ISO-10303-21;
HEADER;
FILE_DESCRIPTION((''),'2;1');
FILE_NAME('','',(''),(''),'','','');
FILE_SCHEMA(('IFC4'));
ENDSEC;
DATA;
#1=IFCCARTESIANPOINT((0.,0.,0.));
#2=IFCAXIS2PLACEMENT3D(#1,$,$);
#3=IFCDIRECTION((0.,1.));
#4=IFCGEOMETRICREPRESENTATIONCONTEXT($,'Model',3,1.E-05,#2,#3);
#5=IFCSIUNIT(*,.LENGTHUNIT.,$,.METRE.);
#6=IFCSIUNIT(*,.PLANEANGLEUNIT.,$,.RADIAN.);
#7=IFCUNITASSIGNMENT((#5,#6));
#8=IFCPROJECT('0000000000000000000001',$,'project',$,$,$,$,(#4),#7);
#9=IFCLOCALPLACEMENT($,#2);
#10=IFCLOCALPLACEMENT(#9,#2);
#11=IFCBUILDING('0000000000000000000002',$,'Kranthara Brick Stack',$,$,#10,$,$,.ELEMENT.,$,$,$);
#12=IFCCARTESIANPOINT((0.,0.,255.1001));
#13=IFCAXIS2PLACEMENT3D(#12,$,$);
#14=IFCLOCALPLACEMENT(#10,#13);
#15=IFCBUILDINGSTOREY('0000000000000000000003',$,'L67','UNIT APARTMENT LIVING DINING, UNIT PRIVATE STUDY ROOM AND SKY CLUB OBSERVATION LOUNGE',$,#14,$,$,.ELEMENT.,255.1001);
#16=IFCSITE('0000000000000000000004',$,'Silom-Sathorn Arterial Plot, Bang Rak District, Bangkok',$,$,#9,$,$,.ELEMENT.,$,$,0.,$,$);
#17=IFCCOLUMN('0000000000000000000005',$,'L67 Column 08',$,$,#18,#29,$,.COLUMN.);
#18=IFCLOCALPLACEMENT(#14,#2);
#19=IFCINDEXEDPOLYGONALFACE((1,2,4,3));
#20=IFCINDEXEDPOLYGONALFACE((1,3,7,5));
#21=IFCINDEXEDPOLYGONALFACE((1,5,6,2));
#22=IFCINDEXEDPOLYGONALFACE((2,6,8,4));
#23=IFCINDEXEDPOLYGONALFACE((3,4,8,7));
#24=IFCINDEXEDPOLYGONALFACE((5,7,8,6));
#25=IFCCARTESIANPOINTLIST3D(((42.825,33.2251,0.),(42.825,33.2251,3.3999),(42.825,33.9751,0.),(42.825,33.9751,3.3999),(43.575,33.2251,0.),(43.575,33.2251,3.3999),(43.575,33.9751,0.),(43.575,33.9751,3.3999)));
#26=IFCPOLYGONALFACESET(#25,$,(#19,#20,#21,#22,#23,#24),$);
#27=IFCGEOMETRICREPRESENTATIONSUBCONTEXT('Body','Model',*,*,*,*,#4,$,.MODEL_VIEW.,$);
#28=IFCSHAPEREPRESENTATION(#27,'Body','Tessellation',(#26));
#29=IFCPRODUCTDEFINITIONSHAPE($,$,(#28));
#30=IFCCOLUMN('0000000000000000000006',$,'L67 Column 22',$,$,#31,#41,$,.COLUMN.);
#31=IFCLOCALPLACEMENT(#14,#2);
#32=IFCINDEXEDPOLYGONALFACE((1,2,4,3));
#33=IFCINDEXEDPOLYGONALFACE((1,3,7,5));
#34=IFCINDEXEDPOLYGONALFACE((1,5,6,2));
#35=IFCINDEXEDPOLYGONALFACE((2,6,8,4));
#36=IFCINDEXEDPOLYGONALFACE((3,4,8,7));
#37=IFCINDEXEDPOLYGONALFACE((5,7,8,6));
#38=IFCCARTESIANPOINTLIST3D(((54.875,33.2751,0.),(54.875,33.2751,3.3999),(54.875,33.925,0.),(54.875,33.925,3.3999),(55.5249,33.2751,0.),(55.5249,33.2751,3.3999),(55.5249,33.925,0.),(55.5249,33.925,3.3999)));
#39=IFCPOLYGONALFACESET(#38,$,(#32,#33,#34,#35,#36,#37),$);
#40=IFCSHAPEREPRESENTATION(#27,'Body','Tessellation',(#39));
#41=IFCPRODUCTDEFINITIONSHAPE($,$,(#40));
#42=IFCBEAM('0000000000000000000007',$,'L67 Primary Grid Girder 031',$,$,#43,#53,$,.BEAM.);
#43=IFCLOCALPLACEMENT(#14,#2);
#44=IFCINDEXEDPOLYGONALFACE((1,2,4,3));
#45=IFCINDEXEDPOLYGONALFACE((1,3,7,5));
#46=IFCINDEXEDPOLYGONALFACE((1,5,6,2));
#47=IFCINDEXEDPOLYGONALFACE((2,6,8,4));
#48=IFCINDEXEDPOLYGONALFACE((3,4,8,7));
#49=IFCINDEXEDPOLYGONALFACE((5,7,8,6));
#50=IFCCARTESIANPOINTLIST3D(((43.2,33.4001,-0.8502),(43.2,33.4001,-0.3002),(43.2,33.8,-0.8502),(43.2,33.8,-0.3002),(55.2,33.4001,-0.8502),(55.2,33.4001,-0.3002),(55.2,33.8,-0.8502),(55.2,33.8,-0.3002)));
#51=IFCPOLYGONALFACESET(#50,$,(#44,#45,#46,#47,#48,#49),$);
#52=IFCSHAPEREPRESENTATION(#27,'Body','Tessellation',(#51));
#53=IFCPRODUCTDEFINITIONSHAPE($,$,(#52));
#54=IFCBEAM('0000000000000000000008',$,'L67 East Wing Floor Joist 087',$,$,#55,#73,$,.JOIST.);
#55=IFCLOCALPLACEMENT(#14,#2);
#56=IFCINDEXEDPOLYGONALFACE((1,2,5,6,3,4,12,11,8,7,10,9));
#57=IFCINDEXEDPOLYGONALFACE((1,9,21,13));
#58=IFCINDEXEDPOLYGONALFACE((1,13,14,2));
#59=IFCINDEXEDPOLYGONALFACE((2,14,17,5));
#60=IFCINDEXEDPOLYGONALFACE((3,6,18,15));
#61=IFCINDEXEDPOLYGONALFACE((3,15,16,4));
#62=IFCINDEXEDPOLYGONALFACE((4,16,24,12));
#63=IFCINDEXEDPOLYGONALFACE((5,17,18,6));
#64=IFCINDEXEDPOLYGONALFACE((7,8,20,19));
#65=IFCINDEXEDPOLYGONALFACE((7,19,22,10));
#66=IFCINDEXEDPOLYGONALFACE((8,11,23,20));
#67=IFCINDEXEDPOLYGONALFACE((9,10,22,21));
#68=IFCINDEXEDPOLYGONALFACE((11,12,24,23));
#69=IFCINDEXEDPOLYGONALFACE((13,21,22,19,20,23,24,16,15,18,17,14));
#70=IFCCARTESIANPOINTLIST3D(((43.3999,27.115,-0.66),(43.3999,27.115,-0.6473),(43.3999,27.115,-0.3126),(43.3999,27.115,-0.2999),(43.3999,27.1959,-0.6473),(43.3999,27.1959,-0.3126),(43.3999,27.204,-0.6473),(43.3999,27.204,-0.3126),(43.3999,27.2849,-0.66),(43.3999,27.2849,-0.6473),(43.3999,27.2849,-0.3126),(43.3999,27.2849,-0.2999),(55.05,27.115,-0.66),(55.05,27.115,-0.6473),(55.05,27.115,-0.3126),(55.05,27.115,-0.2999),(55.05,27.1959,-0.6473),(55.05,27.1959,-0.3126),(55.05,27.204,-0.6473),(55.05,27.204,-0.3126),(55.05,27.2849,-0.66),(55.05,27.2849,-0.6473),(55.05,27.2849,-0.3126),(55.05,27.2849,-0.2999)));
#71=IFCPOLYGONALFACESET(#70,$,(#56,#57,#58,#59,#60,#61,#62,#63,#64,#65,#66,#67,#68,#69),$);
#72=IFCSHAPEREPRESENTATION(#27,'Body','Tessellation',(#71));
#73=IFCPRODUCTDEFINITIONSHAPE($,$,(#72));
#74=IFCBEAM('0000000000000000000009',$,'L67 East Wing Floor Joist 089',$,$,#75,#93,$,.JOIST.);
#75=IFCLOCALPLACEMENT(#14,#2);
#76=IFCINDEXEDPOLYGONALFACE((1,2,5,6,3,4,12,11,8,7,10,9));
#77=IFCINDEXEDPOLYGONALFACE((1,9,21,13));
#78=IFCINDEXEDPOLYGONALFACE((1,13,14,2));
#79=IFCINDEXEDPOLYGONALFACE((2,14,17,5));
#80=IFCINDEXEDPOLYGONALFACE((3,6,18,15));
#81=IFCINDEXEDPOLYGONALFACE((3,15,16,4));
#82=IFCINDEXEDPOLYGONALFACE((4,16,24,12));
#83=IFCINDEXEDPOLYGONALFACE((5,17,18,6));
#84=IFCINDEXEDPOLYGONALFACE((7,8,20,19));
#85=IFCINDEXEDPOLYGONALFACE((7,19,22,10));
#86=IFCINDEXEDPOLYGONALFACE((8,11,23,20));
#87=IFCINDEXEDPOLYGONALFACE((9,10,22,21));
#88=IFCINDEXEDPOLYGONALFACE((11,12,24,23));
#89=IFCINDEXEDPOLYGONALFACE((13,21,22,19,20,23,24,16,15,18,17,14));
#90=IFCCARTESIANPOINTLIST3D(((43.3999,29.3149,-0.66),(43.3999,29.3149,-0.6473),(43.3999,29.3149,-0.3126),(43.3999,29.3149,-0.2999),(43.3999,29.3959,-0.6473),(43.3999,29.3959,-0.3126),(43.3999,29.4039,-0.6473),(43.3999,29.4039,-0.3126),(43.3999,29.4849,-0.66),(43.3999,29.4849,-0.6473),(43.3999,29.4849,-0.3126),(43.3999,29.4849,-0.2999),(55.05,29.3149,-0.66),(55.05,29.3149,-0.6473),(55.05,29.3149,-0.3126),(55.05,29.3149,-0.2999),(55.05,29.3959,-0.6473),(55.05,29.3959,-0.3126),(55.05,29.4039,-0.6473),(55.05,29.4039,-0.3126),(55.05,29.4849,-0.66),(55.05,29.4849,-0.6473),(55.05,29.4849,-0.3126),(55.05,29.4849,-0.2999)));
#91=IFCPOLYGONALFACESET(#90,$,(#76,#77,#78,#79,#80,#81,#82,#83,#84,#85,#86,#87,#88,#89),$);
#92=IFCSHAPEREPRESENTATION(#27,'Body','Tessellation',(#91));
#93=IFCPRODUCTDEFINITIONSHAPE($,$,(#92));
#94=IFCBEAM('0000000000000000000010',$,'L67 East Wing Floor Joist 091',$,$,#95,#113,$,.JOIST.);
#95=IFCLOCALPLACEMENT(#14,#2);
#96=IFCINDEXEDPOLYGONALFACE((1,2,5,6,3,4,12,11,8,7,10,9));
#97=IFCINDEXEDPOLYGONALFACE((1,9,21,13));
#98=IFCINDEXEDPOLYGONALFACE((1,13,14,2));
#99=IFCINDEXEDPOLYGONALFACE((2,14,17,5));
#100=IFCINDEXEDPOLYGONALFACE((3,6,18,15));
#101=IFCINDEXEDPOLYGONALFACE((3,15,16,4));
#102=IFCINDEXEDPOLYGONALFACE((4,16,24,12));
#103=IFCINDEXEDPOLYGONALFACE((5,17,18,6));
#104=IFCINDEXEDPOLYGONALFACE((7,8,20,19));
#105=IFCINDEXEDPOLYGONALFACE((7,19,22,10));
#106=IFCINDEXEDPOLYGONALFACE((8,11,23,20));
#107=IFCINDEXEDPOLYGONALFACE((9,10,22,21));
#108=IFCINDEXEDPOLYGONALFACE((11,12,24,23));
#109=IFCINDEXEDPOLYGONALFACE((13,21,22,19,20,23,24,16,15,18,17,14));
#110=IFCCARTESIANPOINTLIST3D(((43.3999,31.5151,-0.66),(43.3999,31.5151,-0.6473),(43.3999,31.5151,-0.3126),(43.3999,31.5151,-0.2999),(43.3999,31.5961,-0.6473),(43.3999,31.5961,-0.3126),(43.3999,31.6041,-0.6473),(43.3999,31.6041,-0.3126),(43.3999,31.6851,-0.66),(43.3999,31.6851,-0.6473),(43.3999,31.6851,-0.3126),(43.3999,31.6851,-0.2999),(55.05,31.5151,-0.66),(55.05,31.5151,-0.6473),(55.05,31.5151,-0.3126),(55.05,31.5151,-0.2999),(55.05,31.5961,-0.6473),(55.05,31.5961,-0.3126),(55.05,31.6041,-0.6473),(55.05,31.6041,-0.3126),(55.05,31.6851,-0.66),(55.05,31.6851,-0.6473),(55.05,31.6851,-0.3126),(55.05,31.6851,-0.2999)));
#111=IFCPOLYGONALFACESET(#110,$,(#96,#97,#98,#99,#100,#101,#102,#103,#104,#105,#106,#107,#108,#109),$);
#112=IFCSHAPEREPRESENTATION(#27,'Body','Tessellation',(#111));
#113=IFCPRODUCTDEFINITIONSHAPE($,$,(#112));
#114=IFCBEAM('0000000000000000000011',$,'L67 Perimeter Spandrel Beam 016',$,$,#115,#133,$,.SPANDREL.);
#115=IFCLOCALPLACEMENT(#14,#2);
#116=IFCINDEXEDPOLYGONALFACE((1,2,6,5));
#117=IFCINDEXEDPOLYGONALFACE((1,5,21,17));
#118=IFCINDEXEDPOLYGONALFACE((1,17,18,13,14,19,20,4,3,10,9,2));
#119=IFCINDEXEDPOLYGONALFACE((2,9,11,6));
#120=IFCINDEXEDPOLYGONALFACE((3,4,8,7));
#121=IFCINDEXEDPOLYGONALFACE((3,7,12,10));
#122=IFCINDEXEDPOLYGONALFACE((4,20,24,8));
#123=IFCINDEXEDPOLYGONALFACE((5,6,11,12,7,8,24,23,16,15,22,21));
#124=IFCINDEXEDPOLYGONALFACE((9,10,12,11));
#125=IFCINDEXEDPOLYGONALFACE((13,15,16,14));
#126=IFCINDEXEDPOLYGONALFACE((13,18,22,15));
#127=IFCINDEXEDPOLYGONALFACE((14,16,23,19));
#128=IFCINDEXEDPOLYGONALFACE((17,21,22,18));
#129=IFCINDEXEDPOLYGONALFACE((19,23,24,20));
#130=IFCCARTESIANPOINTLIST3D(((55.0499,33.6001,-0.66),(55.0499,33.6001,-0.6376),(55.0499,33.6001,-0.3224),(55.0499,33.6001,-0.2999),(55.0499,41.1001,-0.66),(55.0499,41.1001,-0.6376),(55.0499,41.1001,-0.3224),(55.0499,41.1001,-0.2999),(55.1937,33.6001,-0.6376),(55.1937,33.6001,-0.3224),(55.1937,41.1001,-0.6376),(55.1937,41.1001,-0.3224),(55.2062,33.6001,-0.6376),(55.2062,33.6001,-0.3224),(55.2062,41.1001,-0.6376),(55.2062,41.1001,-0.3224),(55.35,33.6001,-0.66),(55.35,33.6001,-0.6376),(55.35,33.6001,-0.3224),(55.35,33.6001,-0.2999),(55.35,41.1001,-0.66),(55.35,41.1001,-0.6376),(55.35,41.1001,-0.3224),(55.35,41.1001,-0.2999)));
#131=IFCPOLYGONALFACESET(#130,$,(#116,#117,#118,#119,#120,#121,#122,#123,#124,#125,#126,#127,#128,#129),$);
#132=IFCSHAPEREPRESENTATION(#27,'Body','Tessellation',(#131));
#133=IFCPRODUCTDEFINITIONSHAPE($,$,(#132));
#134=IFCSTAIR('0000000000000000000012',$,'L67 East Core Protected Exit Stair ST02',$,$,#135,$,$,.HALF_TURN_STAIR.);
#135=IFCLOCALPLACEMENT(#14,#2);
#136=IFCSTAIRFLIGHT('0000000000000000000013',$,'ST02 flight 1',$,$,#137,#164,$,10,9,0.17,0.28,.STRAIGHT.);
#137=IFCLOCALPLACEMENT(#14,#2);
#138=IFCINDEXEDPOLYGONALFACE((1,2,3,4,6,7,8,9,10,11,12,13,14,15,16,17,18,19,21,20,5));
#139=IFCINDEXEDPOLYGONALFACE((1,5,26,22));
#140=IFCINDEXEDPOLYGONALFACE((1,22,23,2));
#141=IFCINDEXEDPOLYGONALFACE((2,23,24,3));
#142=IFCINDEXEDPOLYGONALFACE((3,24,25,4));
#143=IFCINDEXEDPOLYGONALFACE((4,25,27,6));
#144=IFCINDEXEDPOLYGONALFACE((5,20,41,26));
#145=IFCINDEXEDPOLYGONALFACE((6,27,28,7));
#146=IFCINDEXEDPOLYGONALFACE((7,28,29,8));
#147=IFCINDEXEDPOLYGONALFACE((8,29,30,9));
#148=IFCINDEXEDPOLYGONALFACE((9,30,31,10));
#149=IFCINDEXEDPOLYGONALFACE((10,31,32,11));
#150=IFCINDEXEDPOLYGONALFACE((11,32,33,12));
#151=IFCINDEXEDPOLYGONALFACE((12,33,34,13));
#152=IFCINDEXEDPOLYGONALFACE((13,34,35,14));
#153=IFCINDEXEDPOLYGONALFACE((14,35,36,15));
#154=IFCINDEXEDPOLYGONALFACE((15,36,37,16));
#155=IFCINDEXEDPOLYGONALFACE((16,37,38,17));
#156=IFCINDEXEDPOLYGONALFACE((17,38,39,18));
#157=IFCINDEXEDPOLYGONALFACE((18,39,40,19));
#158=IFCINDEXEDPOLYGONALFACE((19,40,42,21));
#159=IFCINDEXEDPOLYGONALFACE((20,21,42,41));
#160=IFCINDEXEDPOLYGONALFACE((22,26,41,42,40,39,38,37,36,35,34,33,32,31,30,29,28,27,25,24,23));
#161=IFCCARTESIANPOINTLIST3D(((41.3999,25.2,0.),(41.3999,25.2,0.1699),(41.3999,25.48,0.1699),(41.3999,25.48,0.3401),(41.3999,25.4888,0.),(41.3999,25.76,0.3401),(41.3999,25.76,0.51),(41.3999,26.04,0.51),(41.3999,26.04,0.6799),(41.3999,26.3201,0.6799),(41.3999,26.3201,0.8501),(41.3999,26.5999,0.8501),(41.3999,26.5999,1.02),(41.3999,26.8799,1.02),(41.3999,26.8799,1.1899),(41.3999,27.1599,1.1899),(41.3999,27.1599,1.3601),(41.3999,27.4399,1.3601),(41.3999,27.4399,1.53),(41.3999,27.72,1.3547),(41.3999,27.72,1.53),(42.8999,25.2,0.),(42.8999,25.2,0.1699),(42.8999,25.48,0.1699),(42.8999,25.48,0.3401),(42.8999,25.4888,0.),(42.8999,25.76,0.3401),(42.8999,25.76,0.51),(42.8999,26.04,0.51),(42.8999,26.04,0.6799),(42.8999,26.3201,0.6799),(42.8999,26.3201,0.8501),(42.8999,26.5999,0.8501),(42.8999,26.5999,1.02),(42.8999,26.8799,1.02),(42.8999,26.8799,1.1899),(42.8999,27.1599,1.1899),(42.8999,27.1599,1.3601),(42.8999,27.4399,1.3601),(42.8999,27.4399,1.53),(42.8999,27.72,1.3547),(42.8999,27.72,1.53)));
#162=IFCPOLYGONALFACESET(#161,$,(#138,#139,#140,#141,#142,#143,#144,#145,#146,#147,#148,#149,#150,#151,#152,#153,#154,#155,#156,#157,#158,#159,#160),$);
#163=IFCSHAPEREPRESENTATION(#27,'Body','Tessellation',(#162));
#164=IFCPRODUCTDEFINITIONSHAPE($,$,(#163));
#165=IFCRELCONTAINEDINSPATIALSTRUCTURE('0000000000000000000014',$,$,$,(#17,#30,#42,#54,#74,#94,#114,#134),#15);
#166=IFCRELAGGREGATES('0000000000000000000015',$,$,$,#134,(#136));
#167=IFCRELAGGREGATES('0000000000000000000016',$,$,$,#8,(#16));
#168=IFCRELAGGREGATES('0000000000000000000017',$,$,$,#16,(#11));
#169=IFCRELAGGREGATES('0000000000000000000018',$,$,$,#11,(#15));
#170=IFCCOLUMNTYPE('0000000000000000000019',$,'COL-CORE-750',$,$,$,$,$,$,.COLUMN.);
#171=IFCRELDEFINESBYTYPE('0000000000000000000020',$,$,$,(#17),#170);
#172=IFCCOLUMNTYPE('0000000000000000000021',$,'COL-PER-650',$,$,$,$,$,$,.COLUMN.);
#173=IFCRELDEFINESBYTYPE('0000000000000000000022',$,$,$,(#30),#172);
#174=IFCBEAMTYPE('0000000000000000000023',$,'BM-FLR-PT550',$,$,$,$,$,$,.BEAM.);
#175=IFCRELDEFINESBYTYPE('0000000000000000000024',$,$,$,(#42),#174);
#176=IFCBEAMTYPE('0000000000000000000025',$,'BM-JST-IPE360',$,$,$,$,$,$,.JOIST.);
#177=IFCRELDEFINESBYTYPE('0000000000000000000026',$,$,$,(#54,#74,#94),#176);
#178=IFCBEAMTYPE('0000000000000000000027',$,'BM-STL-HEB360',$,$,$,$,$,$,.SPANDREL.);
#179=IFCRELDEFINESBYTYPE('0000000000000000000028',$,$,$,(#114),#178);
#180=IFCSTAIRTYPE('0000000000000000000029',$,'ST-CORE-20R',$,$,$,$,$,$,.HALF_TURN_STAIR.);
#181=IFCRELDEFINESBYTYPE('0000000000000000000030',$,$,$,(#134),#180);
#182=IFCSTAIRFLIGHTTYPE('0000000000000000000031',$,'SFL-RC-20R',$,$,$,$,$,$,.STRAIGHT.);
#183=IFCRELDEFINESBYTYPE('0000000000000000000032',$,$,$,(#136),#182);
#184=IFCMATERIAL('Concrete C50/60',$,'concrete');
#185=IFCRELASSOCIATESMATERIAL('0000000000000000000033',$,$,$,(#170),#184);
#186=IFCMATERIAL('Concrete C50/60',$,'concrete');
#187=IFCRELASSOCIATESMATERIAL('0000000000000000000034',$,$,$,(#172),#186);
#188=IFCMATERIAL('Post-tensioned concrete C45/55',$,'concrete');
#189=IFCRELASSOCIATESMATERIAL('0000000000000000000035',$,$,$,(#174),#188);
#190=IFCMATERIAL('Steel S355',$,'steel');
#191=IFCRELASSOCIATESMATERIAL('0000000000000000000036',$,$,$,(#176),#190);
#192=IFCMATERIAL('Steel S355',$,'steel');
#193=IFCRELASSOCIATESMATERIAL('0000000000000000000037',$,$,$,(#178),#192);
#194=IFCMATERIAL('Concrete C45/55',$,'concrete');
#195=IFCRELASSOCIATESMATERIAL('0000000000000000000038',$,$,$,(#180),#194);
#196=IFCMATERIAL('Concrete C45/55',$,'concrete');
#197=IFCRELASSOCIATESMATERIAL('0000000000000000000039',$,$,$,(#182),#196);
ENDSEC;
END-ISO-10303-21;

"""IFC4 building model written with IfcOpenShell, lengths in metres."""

from ifc_helpers import new_model, si_unit, direction, frame, origin, origin_2d, place, context, subcontext, project, spatial, polyline, rectangle, i_section, outline, extrude, material, material_profile, profile_set, type_object, element, aggregate, save


model = new_model("IFC4")

# Units and contexts
model_context = context("Model", 3, precision=1e-05, world=origin(), true_north=direction((0.0, 1.0)))
body_context = subcontext(model_context, "Body", "Model", "MODEL_VIEW")
ifc_project = project(units=[si_unit("LENGTHUNIT", "METRE"), si_unit("PLANEANGLEUNIT", "RADIAN")], contexts=[model_context])

# Site, building, storey
site_placement = place(None, origin())
site = spatial("IfcSite", under=ifc_project, at=site_placement, Name="Silom-Sathorn Arterial Plot, Bang Rak District, Bangkok", CompositionType="ELEMENT", RefElevation=0.0)
building_placement = place(site_placement, origin())
building = spatial("IfcBuilding", under=site, at=building_placement, Name="Kranthara Brick Stack", CompositionType="ELEMENT")
storey_placement = place(building_placement, frame((0.0, 0.0, 255.1001)))
storey = spatial("IfcBuildingStorey", under=building, at=storey_placement, Name="L67", Description="UNIT APARTMENT LIVING DINING, UNIT PRIVATE STUDY ROOM AND SKY CLUB OBSERVATION LOUNGE", CompositionType="ELEMENT", Elevation=255.1001)

# Columns
ifc_material_1 = material(Name="Concrete C50/60", Category="concrete")
ifc_material_profile_1 = material_profile(ifc_material_1, rectangle(XDim=0.75, YDim=0.75, at=origin_2d()), Name="RC 750x750")
ifc_profile_set_1 = profile_set([ifc_material_profile_1], Name="Concrete C50/60")
column_type_1 = type_object("IfcColumnType", Name="COL-CORE-750", PredefinedType="COLUMN", material=ifc_profile_set_1)
column_1_placement = place(storey_placement, frame((43.2, 33.6001, 0.0), z_axis=(0.0, 0.0, 1.0), x_axis=(1.0, 0.0, 0.0)))
element("IfcColumn", 1, at=column_1_placement, inside=storey, type_object=column_type_1, Name="L67 Column 08", PredefinedType="COLUMN", context=body_context, shape_type="SweptSolid", body=[
    extrude(rectangle(XDim=0.75, YDim=0.75, at=origin_2d()), origin(), (0.0, 0.0, 1.0), 3.3999),
])
ifc_material_2 = material(Name="Concrete C50/60", Category="concrete")
ifc_material_profile_2 = material_profile(ifc_material_2, rectangle(XDim=0.6499, YDim=0.6499, at=origin_2d()), Name="RC 650x650")
ifc_profile_set_2 = profile_set([ifc_material_profile_2], Name="Concrete C50/60")
column_type_2 = type_object("IfcColumnType", Name="COL-PER-650", PredefinedType="COLUMN", material=ifc_profile_set_2)
column_2_placement = place(storey_placement, frame((55.2, 33.6001, 0.0), z_axis=(0.0, 0.0, 1.0), x_axis=(1.0, 0.0, 0.0)))
element("IfcColumn", 2, at=column_2_placement, inside=storey, type_object=column_type_2, Name="L67 Column 22", PredefinedType="COLUMN", context=body_context, shape_type="SweptSolid", body=[
    extrude(rectangle(XDim=0.6499, YDim=0.6499, at=origin_2d()), origin(), (0.0, 0.0, 1.0), 3.3999),
])

# Beams
ifc_material_3 = material(Name="Post-tensioned concrete C45/55", Category="concrete")
ifc_material_profile_3 = material_profile(ifc_material_3, rectangle(XDim=0.3999, YDim=0.55, at=origin_2d()), Name="PT 400x550")
ifc_profile_set_3 = profile_set([ifc_material_profile_3], Name="Post-tensioned concrete C45/55")
beam_type_1 = type_object("IfcBeamType", Name="BM-FLR-PT550", PredefinedType="BEAM", material=ifc_profile_set_3)
beam_1_placement = place(storey_placement, frame((43.2, 33.6001, -0.5752), z_axis=(1.0, 0.0, 0.0), x_axis=(0.0, 1.0, 0.0)))
element("IfcBeam", 3, at=beam_1_placement, inside=storey, type_object=beam_type_1, Name="L67 Primary Grid Girder 031", PredefinedType="BEAM", context=body_context, shape_type="SweptSolid", body=[
    extrude(rectangle(XDim=0.3999, YDim=0.55, at=origin_2d()), origin(), (0.0, 0.0, 1.0), 12.0),
])
ifc_material_4 = material(Name="Steel S355", Category="steel")
ifc_material_profile_4 = material_profile(ifc_material_4, i_section(OverallWidth=0.1699, OverallDepth=0.3601, WebThickness=0.0081, FlangeThickness=0.0127, at=origin_2d()), Name="IPE 360")
ifc_profile_set_4 = profile_set([ifc_material_profile_4], Name="Steel S355")
beam_type_2 = type_object("IfcBeamType", Name="BM-JST-IPE360", PredefinedType="JOIST", material=ifc_profile_set_4)
for number, where, z_axis, x_axis, name in (
    (4, (43.3999, 27.2, -0.48), (1.0, 0.0, 0.0), (0.0, 1.0, 0.0), "L67 East Wing Floor Joist 087"),
    (5, (43.3999, 29.3999, -0.48), (1.0, 0.0, 0.0), (0.0, 1.0, 0.0), "L67 East Wing Floor Joist 089"),
    (6, (43.3999, 31.6001, -0.48), (1.0, 0.0, 0.0), (0.0, 1.0, 0.0), "L67 East Wing Floor Joist 091"),
):
    element("IfcBeam", number, at=place(storey_placement, frame(where, z_axis=z_axis, x_axis=x_axis)), inside=storey, type_object=beam_type_2, Name=name, PredefinedType="JOIST", context=body_context, shape_type="SweptSolid", body=[
        extrude(i_section(OverallWidth=0.1699, OverallDepth=0.3601, WebThickness=0.0081, FlangeThickness=0.0127, at=origin_2d()), origin(), (0.0, 0.0, 1.0), 11.6501),
    ])
ifc_material_5 = material(Name="Steel S355", Category="steel")
ifc_material_profile_5 = material_profile(ifc_material_5, i_section(OverallWidth=0.3, OverallDepth=0.3601, WebThickness=0.0125, FlangeThickness=0.0225, at=origin_2d()), Name="HEB 360")
ifc_profile_set_5 = profile_set([ifc_material_profile_5], Name="Steel S355")
beam_type_3 = type_object("IfcBeamType", Name="BM-STL-HEB360", PredefinedType="SPANDREL", material=ifc_profile_set_5)
beam_2_placement = place(storey_placement, frame((55.2, 33.6001, -0.48), z_axis=(0.0, 1.0, 0.0), x_axis=(-1.0, 0.0, 0.0)))
element("IfcBeam", 7, at=beam_2_placement, inside=storey, type_object=beam_type_3, Name="L67 Perimeter Spandrel Beam 016", PredefinedType="SPANDREL", context=body_context, shape_type="SweptSolid", body=[
    extrude(i_section(OverallWidth=0.3, OverallDepth=0.3601, WebThickness=0.0125, FlangeThickness=0.0225, at=origin_2d()), origin(), (0.0, 0.0, 1.0), 7.5),
])

# Stair, stair flight
ifc_material_6 = material(Name="Concrete C45/55", Category="concrete")
stair_type = type_object("IfcStairType", Name="ST-CORE-20R", PredefinedType="HALF_TURN_STAIR", material=ifc_material_6)
stair_placement = place(storey_placement, origin())
stair = element("IfcStair", 8, at=stair_placement, inside=storey, type_object=stair_type, Name="L67 East Core Protected Exit Stair ST02", PredefinedType="HALF_TURN_STAIR")
ifc_material_7 = material(Name="Concrete C45/55", Category="concrete")
stair_flight_type = type_object("IfcStairFlightType", Name="SFL-RC-20R", PredefinedType="STRAIGHT", material=ifc_material_7)
stair_flight_1_placement = place(storey_placement, frame((42.1499, 25.2, 0.0), z_axis=(0.0, 0.0, 1.0), x_axis=(0.0, 1.0, 0.0)))
stair_flight_1 = element("IfcStairFlight", 9, at=stair_flight_1_placement, type_object=stair_flight_type, Name="ST02 flight 1", NumberOfRisers=10, NumberOfTreads=9, PredefinedType="STRAIGHT", RiserHeight=0.17, TreadLength=0.28, context=body_context, shape_type="SweptSolid", body=[
    extrude(outline(polyline([(0.0, 0.0), (0.0, 0.1699), (0.28, 0.1699), (0.28, 0.3401), (0.5601, 0.3401), (0.5601, 0.51), (0.8401, 0.51), (0.8401, 0.6799), (1.1201, 0.6799), (1.1201, 0.8501), (1.3999, 0.8501), (1.3999, 1.02), (1.6799, 1.02), (1.6799, 1.1899), (1.96, 1.1899), (1.96, 1.3601), (2.24, 1.3601), (2.24, 1.53), (2.52, 1.53), (2.52, 1.7), (2.52, 1.3547), (0.2888, 0.0), (0.0, 0.0)])), frame((0.0, 0.75, 0.0), z_axis=(0.0, -1.0, 0.0), x_axis=(1.0, 0.0, 0.0)), (0.0, 0.0, 1.0), 1.5),
])
aggregate(stair, [stair_flight_1])

save(model, "model.ifc")
